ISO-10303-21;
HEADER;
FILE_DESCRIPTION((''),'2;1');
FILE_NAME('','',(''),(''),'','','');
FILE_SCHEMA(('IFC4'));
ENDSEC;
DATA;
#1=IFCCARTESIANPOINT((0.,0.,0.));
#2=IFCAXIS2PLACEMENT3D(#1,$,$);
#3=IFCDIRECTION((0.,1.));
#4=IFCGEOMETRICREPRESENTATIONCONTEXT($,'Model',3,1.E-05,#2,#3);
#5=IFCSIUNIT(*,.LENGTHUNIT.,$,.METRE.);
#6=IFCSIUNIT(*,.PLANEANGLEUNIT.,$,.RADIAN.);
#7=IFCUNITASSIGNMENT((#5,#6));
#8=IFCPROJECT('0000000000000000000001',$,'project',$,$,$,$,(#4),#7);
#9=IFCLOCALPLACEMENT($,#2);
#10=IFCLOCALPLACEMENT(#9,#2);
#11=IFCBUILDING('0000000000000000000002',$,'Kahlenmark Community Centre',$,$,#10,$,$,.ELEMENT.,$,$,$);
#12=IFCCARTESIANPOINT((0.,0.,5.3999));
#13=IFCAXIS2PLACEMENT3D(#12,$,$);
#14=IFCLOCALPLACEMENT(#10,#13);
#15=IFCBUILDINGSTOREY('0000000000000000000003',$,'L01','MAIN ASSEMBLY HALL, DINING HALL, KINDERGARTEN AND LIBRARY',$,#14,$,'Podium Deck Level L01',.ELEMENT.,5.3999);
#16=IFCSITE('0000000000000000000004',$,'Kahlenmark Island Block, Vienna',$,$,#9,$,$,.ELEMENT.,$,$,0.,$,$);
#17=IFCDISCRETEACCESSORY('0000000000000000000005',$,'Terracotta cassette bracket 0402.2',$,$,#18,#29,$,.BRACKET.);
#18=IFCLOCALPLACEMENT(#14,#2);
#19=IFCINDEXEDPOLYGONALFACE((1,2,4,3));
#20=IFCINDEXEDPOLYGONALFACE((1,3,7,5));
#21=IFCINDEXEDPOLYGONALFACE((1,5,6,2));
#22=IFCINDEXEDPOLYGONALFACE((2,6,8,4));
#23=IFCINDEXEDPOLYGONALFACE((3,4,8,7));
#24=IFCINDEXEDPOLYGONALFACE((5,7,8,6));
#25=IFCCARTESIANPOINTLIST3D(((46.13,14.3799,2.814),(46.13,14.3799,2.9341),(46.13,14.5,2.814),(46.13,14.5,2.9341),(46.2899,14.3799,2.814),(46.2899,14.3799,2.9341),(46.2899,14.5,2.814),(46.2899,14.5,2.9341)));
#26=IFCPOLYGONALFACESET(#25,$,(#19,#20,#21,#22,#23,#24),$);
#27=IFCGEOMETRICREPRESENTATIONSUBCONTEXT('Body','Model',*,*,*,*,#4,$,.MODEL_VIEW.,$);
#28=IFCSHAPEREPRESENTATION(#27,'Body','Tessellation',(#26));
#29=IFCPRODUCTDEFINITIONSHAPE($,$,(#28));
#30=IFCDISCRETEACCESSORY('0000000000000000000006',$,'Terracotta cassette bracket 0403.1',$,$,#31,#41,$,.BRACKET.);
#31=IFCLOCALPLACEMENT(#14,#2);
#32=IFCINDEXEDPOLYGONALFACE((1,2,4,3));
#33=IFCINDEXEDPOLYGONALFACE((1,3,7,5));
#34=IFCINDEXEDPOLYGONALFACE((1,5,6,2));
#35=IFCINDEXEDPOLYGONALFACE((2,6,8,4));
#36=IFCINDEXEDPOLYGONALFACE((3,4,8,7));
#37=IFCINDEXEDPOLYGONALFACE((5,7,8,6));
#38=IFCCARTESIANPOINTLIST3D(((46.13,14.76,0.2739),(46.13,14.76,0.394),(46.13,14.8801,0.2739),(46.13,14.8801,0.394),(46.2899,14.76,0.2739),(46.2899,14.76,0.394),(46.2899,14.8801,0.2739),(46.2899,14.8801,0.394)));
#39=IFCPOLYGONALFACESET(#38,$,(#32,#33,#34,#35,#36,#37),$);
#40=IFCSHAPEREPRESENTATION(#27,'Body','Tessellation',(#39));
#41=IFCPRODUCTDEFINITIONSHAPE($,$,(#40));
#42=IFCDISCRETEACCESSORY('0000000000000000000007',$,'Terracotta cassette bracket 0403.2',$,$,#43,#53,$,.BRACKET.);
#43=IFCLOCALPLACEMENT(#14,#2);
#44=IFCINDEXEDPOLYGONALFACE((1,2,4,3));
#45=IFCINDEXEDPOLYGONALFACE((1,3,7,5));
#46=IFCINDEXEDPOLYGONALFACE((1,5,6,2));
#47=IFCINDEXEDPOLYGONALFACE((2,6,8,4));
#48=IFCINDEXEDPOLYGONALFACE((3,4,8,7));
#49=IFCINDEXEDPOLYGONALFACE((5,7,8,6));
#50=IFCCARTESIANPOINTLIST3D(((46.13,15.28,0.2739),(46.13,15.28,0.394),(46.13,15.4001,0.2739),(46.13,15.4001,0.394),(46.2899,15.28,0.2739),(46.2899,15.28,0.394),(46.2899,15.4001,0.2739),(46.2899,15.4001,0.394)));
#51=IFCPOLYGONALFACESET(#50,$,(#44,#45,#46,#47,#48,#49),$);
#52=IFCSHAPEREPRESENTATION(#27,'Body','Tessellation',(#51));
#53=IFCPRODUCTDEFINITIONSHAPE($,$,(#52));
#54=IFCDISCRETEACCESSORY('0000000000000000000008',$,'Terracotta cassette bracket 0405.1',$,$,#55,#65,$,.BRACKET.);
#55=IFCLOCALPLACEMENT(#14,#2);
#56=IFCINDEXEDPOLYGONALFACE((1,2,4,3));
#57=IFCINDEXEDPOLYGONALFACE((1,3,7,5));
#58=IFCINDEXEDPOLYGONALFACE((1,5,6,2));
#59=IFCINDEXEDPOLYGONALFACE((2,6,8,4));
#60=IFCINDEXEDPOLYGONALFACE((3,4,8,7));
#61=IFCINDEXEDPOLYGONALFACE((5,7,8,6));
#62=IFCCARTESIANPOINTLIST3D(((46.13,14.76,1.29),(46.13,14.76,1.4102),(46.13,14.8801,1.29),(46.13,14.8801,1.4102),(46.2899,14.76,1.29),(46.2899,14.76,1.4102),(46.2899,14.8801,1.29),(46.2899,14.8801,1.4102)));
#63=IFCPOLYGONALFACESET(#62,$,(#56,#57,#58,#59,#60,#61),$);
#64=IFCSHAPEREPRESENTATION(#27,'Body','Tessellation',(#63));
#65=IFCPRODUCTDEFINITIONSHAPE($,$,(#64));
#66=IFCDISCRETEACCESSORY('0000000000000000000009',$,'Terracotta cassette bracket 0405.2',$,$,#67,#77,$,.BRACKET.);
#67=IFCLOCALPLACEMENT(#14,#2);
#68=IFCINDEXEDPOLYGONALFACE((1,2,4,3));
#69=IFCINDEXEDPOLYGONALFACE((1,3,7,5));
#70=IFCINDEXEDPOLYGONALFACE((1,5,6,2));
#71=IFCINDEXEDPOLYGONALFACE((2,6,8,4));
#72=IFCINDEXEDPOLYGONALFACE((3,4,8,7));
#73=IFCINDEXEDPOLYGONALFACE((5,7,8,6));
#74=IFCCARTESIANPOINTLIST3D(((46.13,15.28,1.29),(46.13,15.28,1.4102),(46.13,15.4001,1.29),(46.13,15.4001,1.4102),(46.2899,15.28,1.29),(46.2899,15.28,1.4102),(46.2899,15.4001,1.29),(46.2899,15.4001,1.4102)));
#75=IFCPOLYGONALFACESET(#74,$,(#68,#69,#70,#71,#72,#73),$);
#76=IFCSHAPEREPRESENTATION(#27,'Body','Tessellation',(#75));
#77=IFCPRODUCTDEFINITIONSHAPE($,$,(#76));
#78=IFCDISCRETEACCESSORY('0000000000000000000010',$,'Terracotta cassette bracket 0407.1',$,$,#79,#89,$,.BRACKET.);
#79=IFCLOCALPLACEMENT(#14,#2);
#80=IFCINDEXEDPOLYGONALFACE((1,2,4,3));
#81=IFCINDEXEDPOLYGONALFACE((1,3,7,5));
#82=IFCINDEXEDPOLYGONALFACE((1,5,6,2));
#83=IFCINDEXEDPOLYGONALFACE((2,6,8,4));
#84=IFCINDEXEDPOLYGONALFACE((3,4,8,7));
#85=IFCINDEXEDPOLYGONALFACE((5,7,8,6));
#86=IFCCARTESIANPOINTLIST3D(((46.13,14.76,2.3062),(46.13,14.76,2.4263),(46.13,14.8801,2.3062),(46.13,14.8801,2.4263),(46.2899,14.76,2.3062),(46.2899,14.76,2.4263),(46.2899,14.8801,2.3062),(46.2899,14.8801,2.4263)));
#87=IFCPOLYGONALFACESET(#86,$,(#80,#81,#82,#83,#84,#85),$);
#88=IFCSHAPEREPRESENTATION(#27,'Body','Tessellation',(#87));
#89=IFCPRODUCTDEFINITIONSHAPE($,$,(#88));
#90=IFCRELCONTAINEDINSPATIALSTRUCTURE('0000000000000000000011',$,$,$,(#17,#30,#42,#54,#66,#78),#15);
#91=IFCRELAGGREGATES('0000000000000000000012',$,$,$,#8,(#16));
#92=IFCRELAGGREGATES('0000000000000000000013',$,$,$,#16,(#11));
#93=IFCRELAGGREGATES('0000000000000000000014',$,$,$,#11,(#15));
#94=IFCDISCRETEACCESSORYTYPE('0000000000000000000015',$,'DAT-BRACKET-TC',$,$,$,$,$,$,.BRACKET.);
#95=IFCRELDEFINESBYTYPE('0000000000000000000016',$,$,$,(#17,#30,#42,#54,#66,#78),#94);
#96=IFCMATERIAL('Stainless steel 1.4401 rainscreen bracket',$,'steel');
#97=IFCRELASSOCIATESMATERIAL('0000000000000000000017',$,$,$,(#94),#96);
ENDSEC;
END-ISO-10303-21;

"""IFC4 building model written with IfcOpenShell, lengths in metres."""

from ifc_helpers import new_model, si_unit, direction, frame, origin, origin_2d, place, context, subcontext, project, spatial, rectangle, extrude, material, type_object, element, save


model = new_model("IFC4")

# Units and contexts
model_context = context("Model", 3, precision=1e-05, world=origin(), true_north=direction((0.0, 1.0)))
body_context = subcontext(model_context, "Body", "Model", "MODEL_VIEW")
ifc_project = project(units=[si_unit("LENGTHUNIT", "METRE"), si_unit("PLANEANGLEUNIT", "RADIAN")], contexts=[model_context])

# Site, building, storey
site_placement = place(None, origin())
site = spatial("IfcSite", under=ifc_project, at=site_placement, Name="Kahlenmark Island Block, Vienna", CompositionType="ELEMENT", RefElevation=0.0)
building_placement = place(site_placement, origin())
building = spatial("IfcBuilding", under=site, at=building_placement, Name="Kahlenmark Community Centre", CompositionType="ELEMENT")
storey_placement = place(building_placement, frame((0.0, 0.0, 5.3999)))
storey = spatial("IfcBuildingStorey", under=building, at=storey_placement, Name="L01", Description="MAIN ASSEMBLY HALL, DINING HALL, KINDERGARTEN AND LIBRARY", LongName="Podium Deck Level L01", CompositionType="ELEMENT", Elevation=5.3999)

# Discrete accessories
ifc_material_1 = material(Name="Stainless steel 1.4401 rainscreen bracket", Category="steel")
discrete_accessory_type = type_object("IfcDiscreteAccessoryType", Name="DAT-BRACKET-TC", PredefinedType="BRACKET", material=ifc_material_1)
for number, where, z_axis, x_axis, name in (
    (1, (46.21, 14.4399, 2.814), (0.0, 0.0, 1.0), (0.0, 1.0, 0.0), "Terracotta cassette bracket 0402.2"),
    (2, (46.21, 14.8201, 0.2739), (0.0, 0.0, 1.0), (0.0, 1.0, 0.0), "Terracotta cassette bracket 0403.1"),
    (3, (46.21, 15.3401, 0.2739), (0.0, 0.0, 1.0), (0.0, 1.0, 0.0), "Terracotta cassette bracket 0403.2"),
    (4, (46.21, 14.8201, 1.29), (0.0, 0.0, 1.0), (0.0, 1.0, 0.0), "Terracotta cassette bracket 0405.1"),
    (5, (46.21, 15.3401, 1.29), (0.0, 0.0, 1.0), (0.0, 1.0, 0.0), "Terracotta cassette bracket 0405.2"),
    (6, (46.21, 14.8201, 2.3062), (0.0, 0.0, 1.0), (0.0, 1.0, 0.0), "Terracotta cassette bracket 0407.1"),
):
    element("IfcDiscreteAccessory", number, at=place(storey_placement, frame(where, z_axis=z_axis, x_axis=x_axis)), inside=storey, type_object=discrete_accessory_type, Name=name, PredefinedType="BRACKET", context=body_context, shape_type="SweptSolid", body=[
        extrude(rectangle(XDim=0.1201, YDim=0.1599, at=origin_2d()), origin(), (0.0, 0.0, 1.0), 0.1201),
    ])

save(model, "model.ifc")
